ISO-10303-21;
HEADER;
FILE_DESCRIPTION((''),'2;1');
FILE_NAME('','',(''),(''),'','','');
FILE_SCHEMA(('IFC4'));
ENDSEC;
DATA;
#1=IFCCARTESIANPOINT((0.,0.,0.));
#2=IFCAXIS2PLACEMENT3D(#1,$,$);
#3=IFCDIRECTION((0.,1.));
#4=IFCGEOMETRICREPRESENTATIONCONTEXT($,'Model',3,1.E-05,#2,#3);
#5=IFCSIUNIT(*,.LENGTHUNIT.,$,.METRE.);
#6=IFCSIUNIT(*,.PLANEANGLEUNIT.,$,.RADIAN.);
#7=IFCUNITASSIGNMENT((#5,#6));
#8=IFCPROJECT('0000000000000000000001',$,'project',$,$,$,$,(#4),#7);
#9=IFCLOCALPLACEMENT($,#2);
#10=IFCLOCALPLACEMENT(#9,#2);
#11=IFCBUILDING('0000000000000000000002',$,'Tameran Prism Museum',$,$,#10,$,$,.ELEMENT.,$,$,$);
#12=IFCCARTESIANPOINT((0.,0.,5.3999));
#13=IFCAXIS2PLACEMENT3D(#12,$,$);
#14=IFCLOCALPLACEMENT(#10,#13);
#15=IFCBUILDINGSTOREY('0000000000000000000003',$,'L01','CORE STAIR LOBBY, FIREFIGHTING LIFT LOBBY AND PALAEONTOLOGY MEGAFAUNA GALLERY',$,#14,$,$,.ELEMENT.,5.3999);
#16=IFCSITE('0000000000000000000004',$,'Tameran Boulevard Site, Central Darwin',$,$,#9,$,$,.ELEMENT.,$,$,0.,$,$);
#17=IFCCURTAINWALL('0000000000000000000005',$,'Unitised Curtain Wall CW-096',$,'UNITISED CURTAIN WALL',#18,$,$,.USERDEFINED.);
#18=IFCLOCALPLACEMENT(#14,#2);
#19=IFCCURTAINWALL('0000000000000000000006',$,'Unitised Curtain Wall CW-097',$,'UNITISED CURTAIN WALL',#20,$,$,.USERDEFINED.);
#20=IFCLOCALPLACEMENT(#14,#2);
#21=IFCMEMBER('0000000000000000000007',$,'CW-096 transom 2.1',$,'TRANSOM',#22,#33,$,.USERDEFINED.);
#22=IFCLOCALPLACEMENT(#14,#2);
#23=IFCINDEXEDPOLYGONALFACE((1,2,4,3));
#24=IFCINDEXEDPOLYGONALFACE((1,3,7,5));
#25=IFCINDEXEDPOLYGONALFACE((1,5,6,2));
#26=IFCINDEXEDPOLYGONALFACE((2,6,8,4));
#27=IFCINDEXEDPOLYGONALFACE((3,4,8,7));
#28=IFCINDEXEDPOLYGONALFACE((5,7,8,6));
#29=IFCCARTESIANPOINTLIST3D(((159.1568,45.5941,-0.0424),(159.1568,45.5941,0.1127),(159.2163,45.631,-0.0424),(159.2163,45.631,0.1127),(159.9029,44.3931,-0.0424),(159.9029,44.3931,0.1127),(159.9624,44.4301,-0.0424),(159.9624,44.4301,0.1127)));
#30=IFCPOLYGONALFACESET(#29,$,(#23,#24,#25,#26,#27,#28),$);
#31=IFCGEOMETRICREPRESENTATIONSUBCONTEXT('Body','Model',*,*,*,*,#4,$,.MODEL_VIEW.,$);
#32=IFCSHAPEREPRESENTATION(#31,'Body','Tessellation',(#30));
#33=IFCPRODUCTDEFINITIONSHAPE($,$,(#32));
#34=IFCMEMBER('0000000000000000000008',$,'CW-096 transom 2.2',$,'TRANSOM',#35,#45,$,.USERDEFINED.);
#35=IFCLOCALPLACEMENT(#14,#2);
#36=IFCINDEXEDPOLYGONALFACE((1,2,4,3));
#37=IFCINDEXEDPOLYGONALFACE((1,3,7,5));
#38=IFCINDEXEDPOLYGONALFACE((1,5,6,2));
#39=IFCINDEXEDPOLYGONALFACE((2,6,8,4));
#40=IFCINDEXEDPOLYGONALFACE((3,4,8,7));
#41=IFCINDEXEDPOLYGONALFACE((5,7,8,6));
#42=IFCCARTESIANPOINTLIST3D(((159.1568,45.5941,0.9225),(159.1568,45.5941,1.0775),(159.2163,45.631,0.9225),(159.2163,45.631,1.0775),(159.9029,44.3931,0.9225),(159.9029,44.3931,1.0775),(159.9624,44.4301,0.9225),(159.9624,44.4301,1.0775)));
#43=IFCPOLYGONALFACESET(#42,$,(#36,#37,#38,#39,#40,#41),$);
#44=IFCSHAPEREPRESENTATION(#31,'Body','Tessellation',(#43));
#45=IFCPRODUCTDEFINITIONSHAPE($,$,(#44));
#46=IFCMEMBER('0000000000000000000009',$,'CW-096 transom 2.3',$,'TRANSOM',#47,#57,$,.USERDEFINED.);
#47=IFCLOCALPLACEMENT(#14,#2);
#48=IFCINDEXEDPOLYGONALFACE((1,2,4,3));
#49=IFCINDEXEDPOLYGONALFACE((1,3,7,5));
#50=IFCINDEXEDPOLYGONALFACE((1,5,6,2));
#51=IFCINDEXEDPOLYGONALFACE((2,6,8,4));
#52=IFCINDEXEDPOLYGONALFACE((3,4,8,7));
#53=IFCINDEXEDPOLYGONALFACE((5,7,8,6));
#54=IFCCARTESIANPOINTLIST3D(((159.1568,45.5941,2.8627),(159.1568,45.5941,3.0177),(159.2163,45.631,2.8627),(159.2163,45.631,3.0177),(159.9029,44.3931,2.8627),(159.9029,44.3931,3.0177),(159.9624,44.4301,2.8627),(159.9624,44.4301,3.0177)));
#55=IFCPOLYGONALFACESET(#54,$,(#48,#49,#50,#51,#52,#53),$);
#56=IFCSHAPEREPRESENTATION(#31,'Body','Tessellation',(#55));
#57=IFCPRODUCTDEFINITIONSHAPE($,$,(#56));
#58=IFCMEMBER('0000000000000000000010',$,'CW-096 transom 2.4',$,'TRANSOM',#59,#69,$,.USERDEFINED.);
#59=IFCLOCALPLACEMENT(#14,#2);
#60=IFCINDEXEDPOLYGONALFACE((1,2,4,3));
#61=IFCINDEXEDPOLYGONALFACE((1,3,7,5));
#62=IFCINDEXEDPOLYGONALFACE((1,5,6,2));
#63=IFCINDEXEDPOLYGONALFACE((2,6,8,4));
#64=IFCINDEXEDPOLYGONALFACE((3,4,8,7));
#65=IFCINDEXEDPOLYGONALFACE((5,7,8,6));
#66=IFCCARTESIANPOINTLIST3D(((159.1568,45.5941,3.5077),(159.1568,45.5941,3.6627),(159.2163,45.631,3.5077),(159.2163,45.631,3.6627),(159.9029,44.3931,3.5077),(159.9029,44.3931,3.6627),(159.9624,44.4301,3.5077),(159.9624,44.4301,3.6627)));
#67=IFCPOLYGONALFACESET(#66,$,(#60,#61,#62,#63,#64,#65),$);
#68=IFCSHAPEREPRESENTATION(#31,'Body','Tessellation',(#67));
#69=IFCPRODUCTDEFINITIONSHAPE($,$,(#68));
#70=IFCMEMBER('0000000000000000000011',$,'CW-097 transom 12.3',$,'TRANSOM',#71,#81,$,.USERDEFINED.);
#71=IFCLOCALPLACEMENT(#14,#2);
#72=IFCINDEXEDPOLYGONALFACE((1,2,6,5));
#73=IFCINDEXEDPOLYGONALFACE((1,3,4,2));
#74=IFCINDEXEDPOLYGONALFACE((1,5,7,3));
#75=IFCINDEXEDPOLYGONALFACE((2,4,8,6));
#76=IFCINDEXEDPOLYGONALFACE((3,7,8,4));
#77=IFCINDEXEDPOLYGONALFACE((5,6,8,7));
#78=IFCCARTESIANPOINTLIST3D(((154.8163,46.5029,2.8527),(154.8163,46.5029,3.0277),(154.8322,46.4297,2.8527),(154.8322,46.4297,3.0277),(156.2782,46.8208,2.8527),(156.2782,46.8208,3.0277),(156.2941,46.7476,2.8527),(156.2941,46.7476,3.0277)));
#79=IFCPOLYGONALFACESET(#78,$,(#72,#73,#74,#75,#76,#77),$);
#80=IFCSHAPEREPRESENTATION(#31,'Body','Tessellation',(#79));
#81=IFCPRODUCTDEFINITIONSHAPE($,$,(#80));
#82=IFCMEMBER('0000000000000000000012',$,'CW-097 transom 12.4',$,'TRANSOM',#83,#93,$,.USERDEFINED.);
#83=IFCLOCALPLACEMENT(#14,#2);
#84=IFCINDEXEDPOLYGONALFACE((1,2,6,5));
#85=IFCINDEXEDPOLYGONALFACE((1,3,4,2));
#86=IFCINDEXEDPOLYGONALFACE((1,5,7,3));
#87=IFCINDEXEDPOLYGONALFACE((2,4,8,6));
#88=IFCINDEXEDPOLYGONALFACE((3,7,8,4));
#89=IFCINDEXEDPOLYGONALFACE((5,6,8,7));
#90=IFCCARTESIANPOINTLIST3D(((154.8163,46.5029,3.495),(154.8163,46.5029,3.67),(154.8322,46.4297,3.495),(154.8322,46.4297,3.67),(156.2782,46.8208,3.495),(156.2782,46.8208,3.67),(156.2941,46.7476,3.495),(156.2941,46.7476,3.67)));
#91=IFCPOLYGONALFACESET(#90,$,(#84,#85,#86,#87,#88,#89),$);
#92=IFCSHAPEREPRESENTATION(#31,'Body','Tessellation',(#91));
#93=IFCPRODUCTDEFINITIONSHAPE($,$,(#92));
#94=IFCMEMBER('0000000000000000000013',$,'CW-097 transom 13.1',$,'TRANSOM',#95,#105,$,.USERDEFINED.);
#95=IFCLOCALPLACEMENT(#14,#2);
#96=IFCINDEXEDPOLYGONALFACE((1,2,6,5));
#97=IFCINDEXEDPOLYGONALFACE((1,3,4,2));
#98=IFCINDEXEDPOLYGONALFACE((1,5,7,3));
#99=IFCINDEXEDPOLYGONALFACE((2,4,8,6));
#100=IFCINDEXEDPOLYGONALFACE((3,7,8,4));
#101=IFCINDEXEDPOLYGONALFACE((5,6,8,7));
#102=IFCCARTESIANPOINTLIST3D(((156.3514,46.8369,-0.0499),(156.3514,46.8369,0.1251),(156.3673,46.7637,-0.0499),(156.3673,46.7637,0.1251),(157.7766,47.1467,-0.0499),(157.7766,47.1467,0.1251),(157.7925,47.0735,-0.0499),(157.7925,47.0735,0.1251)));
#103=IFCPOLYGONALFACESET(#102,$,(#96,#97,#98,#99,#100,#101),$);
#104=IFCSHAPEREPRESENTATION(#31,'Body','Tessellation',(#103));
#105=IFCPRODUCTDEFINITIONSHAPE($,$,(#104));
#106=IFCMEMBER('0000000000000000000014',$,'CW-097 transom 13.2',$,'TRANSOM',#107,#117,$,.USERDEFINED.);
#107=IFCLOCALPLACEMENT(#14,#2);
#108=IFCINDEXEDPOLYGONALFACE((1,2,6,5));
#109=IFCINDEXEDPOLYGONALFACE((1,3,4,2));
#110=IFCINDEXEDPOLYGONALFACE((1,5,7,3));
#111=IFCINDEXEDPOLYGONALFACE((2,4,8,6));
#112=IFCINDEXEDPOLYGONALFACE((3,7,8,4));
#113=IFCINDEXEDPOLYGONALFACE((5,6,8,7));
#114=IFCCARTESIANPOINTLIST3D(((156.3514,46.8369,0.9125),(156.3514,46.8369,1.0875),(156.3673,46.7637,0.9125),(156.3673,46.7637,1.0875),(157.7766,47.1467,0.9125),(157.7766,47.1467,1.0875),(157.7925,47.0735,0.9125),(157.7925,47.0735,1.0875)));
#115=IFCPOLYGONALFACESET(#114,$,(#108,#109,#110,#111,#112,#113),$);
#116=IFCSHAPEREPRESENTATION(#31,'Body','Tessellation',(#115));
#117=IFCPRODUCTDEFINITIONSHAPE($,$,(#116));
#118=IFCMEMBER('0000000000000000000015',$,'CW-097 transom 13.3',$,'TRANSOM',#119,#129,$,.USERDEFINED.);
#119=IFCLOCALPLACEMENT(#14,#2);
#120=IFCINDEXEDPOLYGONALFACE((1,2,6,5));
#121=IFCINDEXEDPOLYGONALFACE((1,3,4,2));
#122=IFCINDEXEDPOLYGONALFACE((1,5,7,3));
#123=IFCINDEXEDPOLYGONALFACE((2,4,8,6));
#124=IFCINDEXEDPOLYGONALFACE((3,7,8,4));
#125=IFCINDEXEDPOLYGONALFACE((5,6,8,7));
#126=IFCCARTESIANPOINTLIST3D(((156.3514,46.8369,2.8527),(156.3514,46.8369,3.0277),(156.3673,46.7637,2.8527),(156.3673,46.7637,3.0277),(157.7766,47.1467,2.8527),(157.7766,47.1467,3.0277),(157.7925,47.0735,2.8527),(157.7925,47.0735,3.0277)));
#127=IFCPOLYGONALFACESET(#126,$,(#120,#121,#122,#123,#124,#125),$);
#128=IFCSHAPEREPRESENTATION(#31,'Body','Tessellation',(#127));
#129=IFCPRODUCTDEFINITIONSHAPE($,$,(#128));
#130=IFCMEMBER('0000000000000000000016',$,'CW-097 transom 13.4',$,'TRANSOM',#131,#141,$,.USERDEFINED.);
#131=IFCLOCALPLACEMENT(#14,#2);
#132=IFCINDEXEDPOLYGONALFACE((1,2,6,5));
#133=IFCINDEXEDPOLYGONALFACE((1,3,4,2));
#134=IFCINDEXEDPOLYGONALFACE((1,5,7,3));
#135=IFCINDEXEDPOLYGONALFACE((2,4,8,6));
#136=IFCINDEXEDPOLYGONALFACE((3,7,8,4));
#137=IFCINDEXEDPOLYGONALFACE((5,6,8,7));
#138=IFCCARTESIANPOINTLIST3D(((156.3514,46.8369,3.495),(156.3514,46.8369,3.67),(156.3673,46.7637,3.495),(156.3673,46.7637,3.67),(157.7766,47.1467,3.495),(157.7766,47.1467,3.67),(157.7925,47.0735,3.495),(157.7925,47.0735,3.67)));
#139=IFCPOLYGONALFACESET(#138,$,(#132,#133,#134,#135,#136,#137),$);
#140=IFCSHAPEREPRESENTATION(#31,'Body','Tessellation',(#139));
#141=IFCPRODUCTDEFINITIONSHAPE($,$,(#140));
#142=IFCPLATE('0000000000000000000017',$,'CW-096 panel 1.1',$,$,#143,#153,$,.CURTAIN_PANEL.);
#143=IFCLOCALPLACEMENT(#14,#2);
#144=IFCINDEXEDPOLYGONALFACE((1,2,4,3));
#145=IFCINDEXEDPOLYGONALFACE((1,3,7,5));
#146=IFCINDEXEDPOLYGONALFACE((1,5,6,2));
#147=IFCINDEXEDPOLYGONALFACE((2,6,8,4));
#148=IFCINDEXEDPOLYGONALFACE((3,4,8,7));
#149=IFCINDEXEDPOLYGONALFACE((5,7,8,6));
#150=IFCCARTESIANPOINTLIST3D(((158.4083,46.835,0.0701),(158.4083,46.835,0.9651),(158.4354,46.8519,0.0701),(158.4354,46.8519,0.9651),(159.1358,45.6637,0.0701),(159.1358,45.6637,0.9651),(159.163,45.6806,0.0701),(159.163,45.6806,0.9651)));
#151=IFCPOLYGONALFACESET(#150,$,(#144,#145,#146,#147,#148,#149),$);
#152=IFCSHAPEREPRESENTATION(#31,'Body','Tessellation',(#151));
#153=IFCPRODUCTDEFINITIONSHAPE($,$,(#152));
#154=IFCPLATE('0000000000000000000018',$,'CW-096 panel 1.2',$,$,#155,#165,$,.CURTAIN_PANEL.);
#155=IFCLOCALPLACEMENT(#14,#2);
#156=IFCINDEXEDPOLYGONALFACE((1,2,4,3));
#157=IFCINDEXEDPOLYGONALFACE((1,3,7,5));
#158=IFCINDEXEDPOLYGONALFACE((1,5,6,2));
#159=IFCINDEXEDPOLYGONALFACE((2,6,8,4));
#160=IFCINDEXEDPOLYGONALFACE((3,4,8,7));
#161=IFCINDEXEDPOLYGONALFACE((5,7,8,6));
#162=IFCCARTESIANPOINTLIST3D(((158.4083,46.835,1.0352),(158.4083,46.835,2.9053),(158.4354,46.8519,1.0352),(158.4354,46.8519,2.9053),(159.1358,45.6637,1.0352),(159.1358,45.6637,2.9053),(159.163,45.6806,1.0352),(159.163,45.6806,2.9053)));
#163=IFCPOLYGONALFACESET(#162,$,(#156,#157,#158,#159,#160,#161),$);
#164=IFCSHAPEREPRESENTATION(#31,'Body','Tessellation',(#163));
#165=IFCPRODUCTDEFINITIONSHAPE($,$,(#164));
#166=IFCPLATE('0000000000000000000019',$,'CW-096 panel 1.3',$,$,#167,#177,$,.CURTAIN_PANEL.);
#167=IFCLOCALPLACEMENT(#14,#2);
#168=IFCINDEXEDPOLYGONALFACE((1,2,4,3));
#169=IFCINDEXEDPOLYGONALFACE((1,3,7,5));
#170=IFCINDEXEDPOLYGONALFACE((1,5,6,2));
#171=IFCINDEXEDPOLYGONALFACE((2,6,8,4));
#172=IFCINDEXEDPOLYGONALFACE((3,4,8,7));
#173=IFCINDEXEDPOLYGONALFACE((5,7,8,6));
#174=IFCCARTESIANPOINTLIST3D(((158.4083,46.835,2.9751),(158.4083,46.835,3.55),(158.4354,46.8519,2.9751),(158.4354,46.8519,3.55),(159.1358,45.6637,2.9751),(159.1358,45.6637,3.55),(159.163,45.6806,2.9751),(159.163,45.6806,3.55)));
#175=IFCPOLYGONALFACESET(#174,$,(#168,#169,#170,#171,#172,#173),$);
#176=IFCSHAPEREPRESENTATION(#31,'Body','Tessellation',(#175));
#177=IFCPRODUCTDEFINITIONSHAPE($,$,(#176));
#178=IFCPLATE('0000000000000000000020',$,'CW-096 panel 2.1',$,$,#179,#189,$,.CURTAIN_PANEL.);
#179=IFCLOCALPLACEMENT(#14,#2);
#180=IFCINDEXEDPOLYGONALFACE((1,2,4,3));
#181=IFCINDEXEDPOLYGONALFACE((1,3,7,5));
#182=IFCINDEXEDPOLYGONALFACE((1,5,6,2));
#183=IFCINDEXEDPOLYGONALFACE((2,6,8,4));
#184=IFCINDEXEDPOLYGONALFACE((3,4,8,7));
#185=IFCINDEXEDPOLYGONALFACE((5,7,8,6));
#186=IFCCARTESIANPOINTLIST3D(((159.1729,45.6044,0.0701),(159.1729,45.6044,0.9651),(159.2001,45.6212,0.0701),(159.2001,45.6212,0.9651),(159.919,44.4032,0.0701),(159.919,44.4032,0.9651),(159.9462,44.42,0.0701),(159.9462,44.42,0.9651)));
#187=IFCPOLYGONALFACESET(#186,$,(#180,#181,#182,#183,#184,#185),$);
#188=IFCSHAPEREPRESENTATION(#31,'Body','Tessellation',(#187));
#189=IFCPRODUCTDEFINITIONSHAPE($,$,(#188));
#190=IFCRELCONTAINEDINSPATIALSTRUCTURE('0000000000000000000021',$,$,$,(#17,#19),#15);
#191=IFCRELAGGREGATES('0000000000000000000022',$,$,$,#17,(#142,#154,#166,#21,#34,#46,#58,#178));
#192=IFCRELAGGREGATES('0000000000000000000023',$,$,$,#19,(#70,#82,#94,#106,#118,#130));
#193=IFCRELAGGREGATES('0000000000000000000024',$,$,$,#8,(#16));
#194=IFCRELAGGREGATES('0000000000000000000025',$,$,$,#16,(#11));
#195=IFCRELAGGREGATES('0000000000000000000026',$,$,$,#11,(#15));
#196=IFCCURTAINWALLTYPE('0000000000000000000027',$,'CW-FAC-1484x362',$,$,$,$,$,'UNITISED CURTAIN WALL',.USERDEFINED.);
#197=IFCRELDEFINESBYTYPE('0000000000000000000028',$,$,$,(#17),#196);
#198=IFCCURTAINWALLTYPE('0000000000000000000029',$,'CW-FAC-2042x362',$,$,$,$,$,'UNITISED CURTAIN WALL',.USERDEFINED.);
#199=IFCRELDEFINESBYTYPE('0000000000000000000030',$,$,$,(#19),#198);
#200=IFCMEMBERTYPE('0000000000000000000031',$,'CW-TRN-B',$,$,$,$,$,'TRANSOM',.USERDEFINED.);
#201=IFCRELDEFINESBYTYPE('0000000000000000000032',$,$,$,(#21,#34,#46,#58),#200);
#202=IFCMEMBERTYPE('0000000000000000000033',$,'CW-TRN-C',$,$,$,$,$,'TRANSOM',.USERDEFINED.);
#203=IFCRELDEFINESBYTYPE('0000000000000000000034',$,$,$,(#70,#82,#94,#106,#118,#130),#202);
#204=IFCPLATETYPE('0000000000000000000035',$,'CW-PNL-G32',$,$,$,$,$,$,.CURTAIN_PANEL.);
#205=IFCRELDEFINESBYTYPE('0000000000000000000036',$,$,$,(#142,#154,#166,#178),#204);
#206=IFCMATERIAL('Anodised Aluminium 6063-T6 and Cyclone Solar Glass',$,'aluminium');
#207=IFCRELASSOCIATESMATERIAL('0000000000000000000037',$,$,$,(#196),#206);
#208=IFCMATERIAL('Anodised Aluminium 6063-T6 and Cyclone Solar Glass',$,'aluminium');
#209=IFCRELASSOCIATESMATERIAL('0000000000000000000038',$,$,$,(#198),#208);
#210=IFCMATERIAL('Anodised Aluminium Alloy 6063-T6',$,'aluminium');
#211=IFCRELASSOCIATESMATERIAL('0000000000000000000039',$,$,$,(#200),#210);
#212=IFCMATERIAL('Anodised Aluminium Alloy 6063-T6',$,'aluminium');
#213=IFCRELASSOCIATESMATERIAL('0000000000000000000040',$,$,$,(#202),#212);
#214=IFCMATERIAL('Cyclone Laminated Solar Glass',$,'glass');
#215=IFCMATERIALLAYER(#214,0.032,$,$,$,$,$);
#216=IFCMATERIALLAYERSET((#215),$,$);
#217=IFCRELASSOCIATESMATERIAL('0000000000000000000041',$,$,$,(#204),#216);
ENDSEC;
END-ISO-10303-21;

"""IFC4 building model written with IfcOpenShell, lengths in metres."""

from ifc_helpers import new_model, si_unit, direction, frame, origin, origin_2d, place, context, subcontext, project, spatial, rectangle, extrude, material, layer, layer_set, material_profile, profile_set, type_object, element, aggregate, save


model = new_model("IFC4")

# Units and contexts
model_context = context("Model", 3, precision=1e-05, world=origin(), true_north=direction((0.0, 1.0)))
body_context = subcontext(model_context, "Body", "Model", "MODEL_VIEW")
ifc_project = project(units=[si_unit("LENGTHUNIT", "METRE"), si_unit("PLANEANGLEUNIT", "RADIAN")], contexts=[model_context])

# Site, building, storey
site_placement = place(None, origin())
site = spatial("IfcSite", under=ifc_project, at=site_placement, Name="Tameran Boulevard Site, Central Darwin", CompositionType="ELEMENT", RefElevation=0.0)
building_placement = place(site_placement, origin())
building = spatial("IfcBuilding", under=site, at=building_placement, Name="Tameran Prism Museum", CompositionType="ELEMENT")
storey_placement = place(building_placement, frame((0.0, 0.0, 5.3999)))
storey = spatial("IfcBuildingStorey", under=building, at=storey_placement, Name="L01", Description="CORE STAIR LOBBY, FIREFIGHTING LIFT LOBBY AND PALAEONTOLOGY MEGAFAUNA GALLERY", CompositionType="ELEMENT", Elevation=5.3999)

# Curtain walls
ifc_material_1 = material(Name="Anodised Aluminium 6063-T6 and Cyclone Solar Glass", Category="aluminium")
curtain_wall_type_1 = type_object("IfcCurtainWallType", Name="CW-FAC-1484x362", ElementType="UNITISED CURTAIN WALL", PredefinedType="USERDEFINED", material=ifc_material_1)
curtain_wall_1_placement = place(storey_placement, origin())
curtain_wall_1 = element("IfcCurtainWall", 1, at=curtain_wall_1_placement, inside=storey, type_object=curtain_wall_type_1, Name="Unitised Curtain Wall CW-096", ObjectType="UNITISED CURTAIN WALL", PredefinedType="USERDEFINED")
ifc_material_2 = material(Name="Anodised Aluminium 6063-T6 and Cyclone Solar Glass", Category="aluminium")
curtain_wall_type_2 = type_object("IfcCurtainWallType", Name="CW-FAC-2042x362", ElementType="UNITISED CURTAIN WALL", PredefinedType="USERDEFINED", material=ifc_material_2)
curtain_wall_2_placement = place(storey_placement, origin())
curtain_wall_2 = element("IfcCurtainWall", 2, at=curtain_wall_2_placement, inside=storey, type_object=curtain_wall_type_2, Name="Unitised Curtain Wall CW-097", ObjectType="UNITISED CURTAIN WALL", PredefinedType="USERDEFINED")

# Members
ifc_material_3 = material(Name="Anodised Aluminium Alloy 6063-T6", Category="aluminium")
ifc_material_profile_1 = material_profile(ifc_material_3, rectangle(XDim=0.0701, YDim=0.155, at=origin_2d()))
ifc_profile_set_1 = profile_set([ifc_material_profile_1])
member_type_1 = type_object("IfcMemberType", Name="CW-TRN-B", ElementType="TRANSOM", PredefinedType="USERDEFINED", material=ifc_profile_set_1)
member_1_placement = place(storey_placement, frame((159.1865, 45.6125, 0.0352), z_axis=(0.527715, -0.849421, 0.0), x_axis=(0.849421, 0.527715, 0.0)))
member_1 = element("IfcMember", 3, at=member_1_placement, type_object=member_type_1, Name="CW-096 transom 2.1", ObjectType="TRANSOM", PredefinedType="USERDEFINED", context=body_context, shape_type="SweptSolid", body=[
    extrude(rectangle(XDim=0.0701, YDim=0.155, at=origin_2d()), origin(), (0.0, 0.0, 1.0), 1.4138),
])
member_2_placement = place(storey_placement, frame((159.1865, 45.6125, 1.0), z_axis=(0.527715, -0.849421, 0.0), x_axis=(0.849421, 0.527715, 0.0)))
member_2 = element("IfcMember", 4, at=member_2_placement, type_object=member_type_1, Name="CW-096 transom 2.2", ObjectType="TRANSOM", PredefinedType="USERDEFINED", context=body_context, shape_type="SweptSolid", body=[
    extrude(rectangle(XDim=0.0701, YDim=0.155, at=origin_2d()), origin(), (0.0, 0.0, 1.0), 1.4138),
])
member_3_placement = place(storey_placement, frame((159.1865, 45.6125, 2.9402), z_axis=(0.527715, -0.849421, 0.0), x_axis=(0.849421, 0.527715, 0.0)))
member_3 = element("IfcMember", 5, at=member_3_placement, type_object=member_type_1, Name="CW-096 transom 2.3", ObjectType="TRANSOM", PredefinedType="USERDEFINED", context=body_context, shape_type="SweptSolid", body=[
    extrude(rectangle(XDim=0.0701, YDim=0.155, at=origin_2d()), origin(), (0.0, 0.0, 1.0), 1.4138),
])
member_4_placement = place(storey_placement, frame((159.1865, 45.6125, 3.5852), z_axis=(0.527715, -0.849421, 0.0), x_axis=(0.849421, 0.527715, 0.0)))
member_4 = element("IfcMember", 6, at=member_4_placement, type_object=member_type_1, Name="CW-096 transom 2.4", ObjectType="TRANSOM", PredefinedType="USERDEFINED", context=body_context, shape_type="SweptSolid", body=[
    extrude(rectangle(XDim=0.0701, YDim=0.155, at=origin_2d()), origin(), (0.0, 0.0, 1.0), 1.4138),
])
ifc_material_4 = material(Name="Anodised Aluminium Alloy 6063-T6", Category="aluminium")
ifc_material_profile_2 = material_profile(ifc_material_4, rectangle(XDim=0.075, YDim=0.175, at=origin_2d()))
ifc_profile_set_2 = profile_set([ifc_material_profile_2])
member_type_2 = type_object("IfcMemberType", Name="CW-TRN-C", ElementType="TRANSOM", PredefinedType="USERDEFINED", material=ifc_profile_set_2)
member_5_placement = place(storey_placement, frame((154.8242, 46.4663, 2.9402), z_axis=(0.977168, 0.21247, 0.0), x_axis=(-0.21247, 0.977168, 0.0)))
member_5 = element("IfcMember", 7, at=member_5_placement, type_object=member_type_2, Name="CW-097 transom 12.3", ObjectType="TRANSOM", PredefinedType="USERDEFINED", context=body_context, shape_type="SweptSolid", body=[
    extrude(rectangle(XDim=0.075, YDim=0.175, at=origin_2d()), origin(), (0.0, 0.0, 1.0), 1.4961),
])
member_6_placement = place(storey_placement, frame((154.8242, 46.4663, 3.5825), z_axis=(0.977168, 0.21247, 0.0), x_axis=(-0.21247, 0.977168, 0.0)))
member_6 = element("IfcMember", 8, at=member_6_placement, type_object=member_type_2, Name="CW-097 transom 12.4", ObjectType="TRANSOM", PredefinedType="USERDEFINED", context=body_context, shape_type="SweptSolid", body=[
    extrude(rectangle(XDim=0.075, YDim=0.175, at=origin_2d()), origin(), (0.0, 0.0, 1.0), 1.4961),
])
member_7_placement = place(storey_placement, frame((156.3594, 46.8003, 0.0376), z_axis=(0.977181, 0.212409, 0.0), x_axis=(-0.212409, 0.977181, 0.0)))
member_7 = element("IfcMember", 9, at=member_7_placement, type_object=member_type_2, Name="CW-097 transom 13.1", ObjectType="TRANSOM", PredefinedType="USERDEFINED", context=body_context, shape_type="SweptSolid", body=[
    extrude(rectangle(XDim=0.075, YDim=0.175, at=origin_2d()), origin(), (0.0, 0.0, 1.0), 1.4585),
])
member_8_placement = place(storey_placement, frame((156.3594, 46.8003, 1.0), z_axis=(0.977181, 0.212409, 0.0), x_axis=(-0.212409, 0.977181, 0.0)))
member_8 = element("IfcMember", 10, at=member_8_placement, type_object=member_type_2, Name="CW-097 transom 13.2", ObjectType="TRANSOM", PredefinedType="USERDEFINED", context=body_context, shape_type="SweptSolid", body=[
    extrude(rectangle(XDim=0.075, YDim=0.175, at=origin_2d()), origin(), (0.0, 0.0, 1.0), 1.4585),
])
member_9_placement = place(storey_placement, frame((156.3594, 46.8003, 2.9402), z_axis=(0.977181, 0.212409, 0.0), x_axis=(-0.212409, 0.977181, 0.0)))
member_9 = element("IfcMember", 11, at=member_9_placement, type_object=member_type_2, Name="CW-097 transom 13.3", ObjectType="TRANSOM", PredefinedType="USERDEFINED", context=body_context, shape_type="SweptSolid", body=[
    extrude(rectangle(XDim=0.075, YDim=0.175, at=origin_2d()), origin(), (0.0, 0.0, 1.0), 1.4585),
])
member_10_placement = place(storey_placement, frame((156.3594, 46.8003, 3.5825), z_axis=(0.977181, 0.212409, 0.0), x_axis=(-0.212409, 0.977181, 0.0)))
member_10 = element("IfcMember", 12, at=member_10_placement, type_object=member_type_2, Name="CW-097 transom 13.4", ObjectType="TRANSOM", PredefinedType="USERDEFINED", context=body_context, shape_type="SweptSolid", body=[
    extrude(rectangle(XDim=0.075, YDim=0.175, at=origin_2d()), origin(), (0.0, 0.0, 1.0), 1.4585),
])

# Plates
ifc_material_5 = material(Name="Cyclone Laminated Solar Glass", Category="glass")
ifc_layer_1 = layer(ifc_material_5, 0.032)
ifc_layer_set_1 = layer_set([ifc_layer_1])
plate_type = type_object("IfcPlateType", Name="CW-PNL-G32", PredefinedType="CURTAIN_PANEL", material=ifc_layer_set_1)
plate_1_placement = place(storey_placement, frame((158.7856, 46.2578, 0.0701), z_axis=(0.0, 0.0, 1.0), x_axis=(0.527635, -0.849471, 0.0)))
plate_1 = element("IfcPlate", 13, at=plate_1_placement, type_object=plate_type, Name="CW-096 panel 1.1", PredefinedType="CURTAIN_PANEL", context=body_context, shape_type="SweptSolid", body=[
    extrude(rectangle(XDim=1.3789, YDim=0.032, at=origin_2d()), origin(), (0.0, 0.0, 1.0), 0.895),
])
plate_2_placement = place(storey_placement, frame((158.7856, 46.2578, 1.0352), z_axis=(0.0, 0.0, 1.0), x_axis=(0.527635, -0.849471, 0.0)))
plate_2 = element("IfcPlate", 14, at=plate_2_placement, type_object=plate_type, Name="CW-096 panel 1.2", PredefinedType="CURTAIN_PANEL", context=body_context, shape_type="SweptSolid", body=[
    extrude(rectangle(XDim=1.3789, YDim=0.032, at=origin_2d()), origin(), (0.0, 0.0, 1.0), 1.8701),
])
plate_3_placement = place(storey_placement, frame((158.7856, 46.2578, 2.9751), z_axis=(0.0, 0.0, 1.0), x_axis=(0.527635, -0.849471, 0.0)))
plate_3 = element("IfcPlate", 15, at=plate_3_placement, type_object=plate_type, Name="CW-096 panel 1.3", PredefinedType="CURTAIN_PANEL", context=body_context, shape_type="SweptSolid", body=[
    extrude(rectangle(XDim=1.3789, YDim=0.032, at=origin_2d()), origin(), (0.0, 0.0, 1.0), 0.575),
])
plate_4_placement = place(storey_placement, frame((159.5596, 45.0122, 0.0701), z_axis=(0.0, 0.0, 1.0), x_axis=(0.527635, -0.849471, 0.0)))
plate_4 = element("IfcPlate", 16, at=plate_4_placement, type_object=plate_type, Name="CW-096 panel 2.1", PredefinedType="CURTAIN_PANEL", context=body_context, shape_type="SweptSolid", body=[
    extrude(rectangle(XDim=1.4141, YDim=0.032, at=origin_2d()), origin(), (0.0, 0.0, 1.0), 0.895),
])
aggregate(curtain_wall_1, [plate_1, plate_2, plate_3, member_1, member_2, member_3, member_4, plate_4])
aggregate(curtain_wall_2, [member_5, member_6, member_7, member_8, member_9, member_10])

save(model, "model.ifc")
